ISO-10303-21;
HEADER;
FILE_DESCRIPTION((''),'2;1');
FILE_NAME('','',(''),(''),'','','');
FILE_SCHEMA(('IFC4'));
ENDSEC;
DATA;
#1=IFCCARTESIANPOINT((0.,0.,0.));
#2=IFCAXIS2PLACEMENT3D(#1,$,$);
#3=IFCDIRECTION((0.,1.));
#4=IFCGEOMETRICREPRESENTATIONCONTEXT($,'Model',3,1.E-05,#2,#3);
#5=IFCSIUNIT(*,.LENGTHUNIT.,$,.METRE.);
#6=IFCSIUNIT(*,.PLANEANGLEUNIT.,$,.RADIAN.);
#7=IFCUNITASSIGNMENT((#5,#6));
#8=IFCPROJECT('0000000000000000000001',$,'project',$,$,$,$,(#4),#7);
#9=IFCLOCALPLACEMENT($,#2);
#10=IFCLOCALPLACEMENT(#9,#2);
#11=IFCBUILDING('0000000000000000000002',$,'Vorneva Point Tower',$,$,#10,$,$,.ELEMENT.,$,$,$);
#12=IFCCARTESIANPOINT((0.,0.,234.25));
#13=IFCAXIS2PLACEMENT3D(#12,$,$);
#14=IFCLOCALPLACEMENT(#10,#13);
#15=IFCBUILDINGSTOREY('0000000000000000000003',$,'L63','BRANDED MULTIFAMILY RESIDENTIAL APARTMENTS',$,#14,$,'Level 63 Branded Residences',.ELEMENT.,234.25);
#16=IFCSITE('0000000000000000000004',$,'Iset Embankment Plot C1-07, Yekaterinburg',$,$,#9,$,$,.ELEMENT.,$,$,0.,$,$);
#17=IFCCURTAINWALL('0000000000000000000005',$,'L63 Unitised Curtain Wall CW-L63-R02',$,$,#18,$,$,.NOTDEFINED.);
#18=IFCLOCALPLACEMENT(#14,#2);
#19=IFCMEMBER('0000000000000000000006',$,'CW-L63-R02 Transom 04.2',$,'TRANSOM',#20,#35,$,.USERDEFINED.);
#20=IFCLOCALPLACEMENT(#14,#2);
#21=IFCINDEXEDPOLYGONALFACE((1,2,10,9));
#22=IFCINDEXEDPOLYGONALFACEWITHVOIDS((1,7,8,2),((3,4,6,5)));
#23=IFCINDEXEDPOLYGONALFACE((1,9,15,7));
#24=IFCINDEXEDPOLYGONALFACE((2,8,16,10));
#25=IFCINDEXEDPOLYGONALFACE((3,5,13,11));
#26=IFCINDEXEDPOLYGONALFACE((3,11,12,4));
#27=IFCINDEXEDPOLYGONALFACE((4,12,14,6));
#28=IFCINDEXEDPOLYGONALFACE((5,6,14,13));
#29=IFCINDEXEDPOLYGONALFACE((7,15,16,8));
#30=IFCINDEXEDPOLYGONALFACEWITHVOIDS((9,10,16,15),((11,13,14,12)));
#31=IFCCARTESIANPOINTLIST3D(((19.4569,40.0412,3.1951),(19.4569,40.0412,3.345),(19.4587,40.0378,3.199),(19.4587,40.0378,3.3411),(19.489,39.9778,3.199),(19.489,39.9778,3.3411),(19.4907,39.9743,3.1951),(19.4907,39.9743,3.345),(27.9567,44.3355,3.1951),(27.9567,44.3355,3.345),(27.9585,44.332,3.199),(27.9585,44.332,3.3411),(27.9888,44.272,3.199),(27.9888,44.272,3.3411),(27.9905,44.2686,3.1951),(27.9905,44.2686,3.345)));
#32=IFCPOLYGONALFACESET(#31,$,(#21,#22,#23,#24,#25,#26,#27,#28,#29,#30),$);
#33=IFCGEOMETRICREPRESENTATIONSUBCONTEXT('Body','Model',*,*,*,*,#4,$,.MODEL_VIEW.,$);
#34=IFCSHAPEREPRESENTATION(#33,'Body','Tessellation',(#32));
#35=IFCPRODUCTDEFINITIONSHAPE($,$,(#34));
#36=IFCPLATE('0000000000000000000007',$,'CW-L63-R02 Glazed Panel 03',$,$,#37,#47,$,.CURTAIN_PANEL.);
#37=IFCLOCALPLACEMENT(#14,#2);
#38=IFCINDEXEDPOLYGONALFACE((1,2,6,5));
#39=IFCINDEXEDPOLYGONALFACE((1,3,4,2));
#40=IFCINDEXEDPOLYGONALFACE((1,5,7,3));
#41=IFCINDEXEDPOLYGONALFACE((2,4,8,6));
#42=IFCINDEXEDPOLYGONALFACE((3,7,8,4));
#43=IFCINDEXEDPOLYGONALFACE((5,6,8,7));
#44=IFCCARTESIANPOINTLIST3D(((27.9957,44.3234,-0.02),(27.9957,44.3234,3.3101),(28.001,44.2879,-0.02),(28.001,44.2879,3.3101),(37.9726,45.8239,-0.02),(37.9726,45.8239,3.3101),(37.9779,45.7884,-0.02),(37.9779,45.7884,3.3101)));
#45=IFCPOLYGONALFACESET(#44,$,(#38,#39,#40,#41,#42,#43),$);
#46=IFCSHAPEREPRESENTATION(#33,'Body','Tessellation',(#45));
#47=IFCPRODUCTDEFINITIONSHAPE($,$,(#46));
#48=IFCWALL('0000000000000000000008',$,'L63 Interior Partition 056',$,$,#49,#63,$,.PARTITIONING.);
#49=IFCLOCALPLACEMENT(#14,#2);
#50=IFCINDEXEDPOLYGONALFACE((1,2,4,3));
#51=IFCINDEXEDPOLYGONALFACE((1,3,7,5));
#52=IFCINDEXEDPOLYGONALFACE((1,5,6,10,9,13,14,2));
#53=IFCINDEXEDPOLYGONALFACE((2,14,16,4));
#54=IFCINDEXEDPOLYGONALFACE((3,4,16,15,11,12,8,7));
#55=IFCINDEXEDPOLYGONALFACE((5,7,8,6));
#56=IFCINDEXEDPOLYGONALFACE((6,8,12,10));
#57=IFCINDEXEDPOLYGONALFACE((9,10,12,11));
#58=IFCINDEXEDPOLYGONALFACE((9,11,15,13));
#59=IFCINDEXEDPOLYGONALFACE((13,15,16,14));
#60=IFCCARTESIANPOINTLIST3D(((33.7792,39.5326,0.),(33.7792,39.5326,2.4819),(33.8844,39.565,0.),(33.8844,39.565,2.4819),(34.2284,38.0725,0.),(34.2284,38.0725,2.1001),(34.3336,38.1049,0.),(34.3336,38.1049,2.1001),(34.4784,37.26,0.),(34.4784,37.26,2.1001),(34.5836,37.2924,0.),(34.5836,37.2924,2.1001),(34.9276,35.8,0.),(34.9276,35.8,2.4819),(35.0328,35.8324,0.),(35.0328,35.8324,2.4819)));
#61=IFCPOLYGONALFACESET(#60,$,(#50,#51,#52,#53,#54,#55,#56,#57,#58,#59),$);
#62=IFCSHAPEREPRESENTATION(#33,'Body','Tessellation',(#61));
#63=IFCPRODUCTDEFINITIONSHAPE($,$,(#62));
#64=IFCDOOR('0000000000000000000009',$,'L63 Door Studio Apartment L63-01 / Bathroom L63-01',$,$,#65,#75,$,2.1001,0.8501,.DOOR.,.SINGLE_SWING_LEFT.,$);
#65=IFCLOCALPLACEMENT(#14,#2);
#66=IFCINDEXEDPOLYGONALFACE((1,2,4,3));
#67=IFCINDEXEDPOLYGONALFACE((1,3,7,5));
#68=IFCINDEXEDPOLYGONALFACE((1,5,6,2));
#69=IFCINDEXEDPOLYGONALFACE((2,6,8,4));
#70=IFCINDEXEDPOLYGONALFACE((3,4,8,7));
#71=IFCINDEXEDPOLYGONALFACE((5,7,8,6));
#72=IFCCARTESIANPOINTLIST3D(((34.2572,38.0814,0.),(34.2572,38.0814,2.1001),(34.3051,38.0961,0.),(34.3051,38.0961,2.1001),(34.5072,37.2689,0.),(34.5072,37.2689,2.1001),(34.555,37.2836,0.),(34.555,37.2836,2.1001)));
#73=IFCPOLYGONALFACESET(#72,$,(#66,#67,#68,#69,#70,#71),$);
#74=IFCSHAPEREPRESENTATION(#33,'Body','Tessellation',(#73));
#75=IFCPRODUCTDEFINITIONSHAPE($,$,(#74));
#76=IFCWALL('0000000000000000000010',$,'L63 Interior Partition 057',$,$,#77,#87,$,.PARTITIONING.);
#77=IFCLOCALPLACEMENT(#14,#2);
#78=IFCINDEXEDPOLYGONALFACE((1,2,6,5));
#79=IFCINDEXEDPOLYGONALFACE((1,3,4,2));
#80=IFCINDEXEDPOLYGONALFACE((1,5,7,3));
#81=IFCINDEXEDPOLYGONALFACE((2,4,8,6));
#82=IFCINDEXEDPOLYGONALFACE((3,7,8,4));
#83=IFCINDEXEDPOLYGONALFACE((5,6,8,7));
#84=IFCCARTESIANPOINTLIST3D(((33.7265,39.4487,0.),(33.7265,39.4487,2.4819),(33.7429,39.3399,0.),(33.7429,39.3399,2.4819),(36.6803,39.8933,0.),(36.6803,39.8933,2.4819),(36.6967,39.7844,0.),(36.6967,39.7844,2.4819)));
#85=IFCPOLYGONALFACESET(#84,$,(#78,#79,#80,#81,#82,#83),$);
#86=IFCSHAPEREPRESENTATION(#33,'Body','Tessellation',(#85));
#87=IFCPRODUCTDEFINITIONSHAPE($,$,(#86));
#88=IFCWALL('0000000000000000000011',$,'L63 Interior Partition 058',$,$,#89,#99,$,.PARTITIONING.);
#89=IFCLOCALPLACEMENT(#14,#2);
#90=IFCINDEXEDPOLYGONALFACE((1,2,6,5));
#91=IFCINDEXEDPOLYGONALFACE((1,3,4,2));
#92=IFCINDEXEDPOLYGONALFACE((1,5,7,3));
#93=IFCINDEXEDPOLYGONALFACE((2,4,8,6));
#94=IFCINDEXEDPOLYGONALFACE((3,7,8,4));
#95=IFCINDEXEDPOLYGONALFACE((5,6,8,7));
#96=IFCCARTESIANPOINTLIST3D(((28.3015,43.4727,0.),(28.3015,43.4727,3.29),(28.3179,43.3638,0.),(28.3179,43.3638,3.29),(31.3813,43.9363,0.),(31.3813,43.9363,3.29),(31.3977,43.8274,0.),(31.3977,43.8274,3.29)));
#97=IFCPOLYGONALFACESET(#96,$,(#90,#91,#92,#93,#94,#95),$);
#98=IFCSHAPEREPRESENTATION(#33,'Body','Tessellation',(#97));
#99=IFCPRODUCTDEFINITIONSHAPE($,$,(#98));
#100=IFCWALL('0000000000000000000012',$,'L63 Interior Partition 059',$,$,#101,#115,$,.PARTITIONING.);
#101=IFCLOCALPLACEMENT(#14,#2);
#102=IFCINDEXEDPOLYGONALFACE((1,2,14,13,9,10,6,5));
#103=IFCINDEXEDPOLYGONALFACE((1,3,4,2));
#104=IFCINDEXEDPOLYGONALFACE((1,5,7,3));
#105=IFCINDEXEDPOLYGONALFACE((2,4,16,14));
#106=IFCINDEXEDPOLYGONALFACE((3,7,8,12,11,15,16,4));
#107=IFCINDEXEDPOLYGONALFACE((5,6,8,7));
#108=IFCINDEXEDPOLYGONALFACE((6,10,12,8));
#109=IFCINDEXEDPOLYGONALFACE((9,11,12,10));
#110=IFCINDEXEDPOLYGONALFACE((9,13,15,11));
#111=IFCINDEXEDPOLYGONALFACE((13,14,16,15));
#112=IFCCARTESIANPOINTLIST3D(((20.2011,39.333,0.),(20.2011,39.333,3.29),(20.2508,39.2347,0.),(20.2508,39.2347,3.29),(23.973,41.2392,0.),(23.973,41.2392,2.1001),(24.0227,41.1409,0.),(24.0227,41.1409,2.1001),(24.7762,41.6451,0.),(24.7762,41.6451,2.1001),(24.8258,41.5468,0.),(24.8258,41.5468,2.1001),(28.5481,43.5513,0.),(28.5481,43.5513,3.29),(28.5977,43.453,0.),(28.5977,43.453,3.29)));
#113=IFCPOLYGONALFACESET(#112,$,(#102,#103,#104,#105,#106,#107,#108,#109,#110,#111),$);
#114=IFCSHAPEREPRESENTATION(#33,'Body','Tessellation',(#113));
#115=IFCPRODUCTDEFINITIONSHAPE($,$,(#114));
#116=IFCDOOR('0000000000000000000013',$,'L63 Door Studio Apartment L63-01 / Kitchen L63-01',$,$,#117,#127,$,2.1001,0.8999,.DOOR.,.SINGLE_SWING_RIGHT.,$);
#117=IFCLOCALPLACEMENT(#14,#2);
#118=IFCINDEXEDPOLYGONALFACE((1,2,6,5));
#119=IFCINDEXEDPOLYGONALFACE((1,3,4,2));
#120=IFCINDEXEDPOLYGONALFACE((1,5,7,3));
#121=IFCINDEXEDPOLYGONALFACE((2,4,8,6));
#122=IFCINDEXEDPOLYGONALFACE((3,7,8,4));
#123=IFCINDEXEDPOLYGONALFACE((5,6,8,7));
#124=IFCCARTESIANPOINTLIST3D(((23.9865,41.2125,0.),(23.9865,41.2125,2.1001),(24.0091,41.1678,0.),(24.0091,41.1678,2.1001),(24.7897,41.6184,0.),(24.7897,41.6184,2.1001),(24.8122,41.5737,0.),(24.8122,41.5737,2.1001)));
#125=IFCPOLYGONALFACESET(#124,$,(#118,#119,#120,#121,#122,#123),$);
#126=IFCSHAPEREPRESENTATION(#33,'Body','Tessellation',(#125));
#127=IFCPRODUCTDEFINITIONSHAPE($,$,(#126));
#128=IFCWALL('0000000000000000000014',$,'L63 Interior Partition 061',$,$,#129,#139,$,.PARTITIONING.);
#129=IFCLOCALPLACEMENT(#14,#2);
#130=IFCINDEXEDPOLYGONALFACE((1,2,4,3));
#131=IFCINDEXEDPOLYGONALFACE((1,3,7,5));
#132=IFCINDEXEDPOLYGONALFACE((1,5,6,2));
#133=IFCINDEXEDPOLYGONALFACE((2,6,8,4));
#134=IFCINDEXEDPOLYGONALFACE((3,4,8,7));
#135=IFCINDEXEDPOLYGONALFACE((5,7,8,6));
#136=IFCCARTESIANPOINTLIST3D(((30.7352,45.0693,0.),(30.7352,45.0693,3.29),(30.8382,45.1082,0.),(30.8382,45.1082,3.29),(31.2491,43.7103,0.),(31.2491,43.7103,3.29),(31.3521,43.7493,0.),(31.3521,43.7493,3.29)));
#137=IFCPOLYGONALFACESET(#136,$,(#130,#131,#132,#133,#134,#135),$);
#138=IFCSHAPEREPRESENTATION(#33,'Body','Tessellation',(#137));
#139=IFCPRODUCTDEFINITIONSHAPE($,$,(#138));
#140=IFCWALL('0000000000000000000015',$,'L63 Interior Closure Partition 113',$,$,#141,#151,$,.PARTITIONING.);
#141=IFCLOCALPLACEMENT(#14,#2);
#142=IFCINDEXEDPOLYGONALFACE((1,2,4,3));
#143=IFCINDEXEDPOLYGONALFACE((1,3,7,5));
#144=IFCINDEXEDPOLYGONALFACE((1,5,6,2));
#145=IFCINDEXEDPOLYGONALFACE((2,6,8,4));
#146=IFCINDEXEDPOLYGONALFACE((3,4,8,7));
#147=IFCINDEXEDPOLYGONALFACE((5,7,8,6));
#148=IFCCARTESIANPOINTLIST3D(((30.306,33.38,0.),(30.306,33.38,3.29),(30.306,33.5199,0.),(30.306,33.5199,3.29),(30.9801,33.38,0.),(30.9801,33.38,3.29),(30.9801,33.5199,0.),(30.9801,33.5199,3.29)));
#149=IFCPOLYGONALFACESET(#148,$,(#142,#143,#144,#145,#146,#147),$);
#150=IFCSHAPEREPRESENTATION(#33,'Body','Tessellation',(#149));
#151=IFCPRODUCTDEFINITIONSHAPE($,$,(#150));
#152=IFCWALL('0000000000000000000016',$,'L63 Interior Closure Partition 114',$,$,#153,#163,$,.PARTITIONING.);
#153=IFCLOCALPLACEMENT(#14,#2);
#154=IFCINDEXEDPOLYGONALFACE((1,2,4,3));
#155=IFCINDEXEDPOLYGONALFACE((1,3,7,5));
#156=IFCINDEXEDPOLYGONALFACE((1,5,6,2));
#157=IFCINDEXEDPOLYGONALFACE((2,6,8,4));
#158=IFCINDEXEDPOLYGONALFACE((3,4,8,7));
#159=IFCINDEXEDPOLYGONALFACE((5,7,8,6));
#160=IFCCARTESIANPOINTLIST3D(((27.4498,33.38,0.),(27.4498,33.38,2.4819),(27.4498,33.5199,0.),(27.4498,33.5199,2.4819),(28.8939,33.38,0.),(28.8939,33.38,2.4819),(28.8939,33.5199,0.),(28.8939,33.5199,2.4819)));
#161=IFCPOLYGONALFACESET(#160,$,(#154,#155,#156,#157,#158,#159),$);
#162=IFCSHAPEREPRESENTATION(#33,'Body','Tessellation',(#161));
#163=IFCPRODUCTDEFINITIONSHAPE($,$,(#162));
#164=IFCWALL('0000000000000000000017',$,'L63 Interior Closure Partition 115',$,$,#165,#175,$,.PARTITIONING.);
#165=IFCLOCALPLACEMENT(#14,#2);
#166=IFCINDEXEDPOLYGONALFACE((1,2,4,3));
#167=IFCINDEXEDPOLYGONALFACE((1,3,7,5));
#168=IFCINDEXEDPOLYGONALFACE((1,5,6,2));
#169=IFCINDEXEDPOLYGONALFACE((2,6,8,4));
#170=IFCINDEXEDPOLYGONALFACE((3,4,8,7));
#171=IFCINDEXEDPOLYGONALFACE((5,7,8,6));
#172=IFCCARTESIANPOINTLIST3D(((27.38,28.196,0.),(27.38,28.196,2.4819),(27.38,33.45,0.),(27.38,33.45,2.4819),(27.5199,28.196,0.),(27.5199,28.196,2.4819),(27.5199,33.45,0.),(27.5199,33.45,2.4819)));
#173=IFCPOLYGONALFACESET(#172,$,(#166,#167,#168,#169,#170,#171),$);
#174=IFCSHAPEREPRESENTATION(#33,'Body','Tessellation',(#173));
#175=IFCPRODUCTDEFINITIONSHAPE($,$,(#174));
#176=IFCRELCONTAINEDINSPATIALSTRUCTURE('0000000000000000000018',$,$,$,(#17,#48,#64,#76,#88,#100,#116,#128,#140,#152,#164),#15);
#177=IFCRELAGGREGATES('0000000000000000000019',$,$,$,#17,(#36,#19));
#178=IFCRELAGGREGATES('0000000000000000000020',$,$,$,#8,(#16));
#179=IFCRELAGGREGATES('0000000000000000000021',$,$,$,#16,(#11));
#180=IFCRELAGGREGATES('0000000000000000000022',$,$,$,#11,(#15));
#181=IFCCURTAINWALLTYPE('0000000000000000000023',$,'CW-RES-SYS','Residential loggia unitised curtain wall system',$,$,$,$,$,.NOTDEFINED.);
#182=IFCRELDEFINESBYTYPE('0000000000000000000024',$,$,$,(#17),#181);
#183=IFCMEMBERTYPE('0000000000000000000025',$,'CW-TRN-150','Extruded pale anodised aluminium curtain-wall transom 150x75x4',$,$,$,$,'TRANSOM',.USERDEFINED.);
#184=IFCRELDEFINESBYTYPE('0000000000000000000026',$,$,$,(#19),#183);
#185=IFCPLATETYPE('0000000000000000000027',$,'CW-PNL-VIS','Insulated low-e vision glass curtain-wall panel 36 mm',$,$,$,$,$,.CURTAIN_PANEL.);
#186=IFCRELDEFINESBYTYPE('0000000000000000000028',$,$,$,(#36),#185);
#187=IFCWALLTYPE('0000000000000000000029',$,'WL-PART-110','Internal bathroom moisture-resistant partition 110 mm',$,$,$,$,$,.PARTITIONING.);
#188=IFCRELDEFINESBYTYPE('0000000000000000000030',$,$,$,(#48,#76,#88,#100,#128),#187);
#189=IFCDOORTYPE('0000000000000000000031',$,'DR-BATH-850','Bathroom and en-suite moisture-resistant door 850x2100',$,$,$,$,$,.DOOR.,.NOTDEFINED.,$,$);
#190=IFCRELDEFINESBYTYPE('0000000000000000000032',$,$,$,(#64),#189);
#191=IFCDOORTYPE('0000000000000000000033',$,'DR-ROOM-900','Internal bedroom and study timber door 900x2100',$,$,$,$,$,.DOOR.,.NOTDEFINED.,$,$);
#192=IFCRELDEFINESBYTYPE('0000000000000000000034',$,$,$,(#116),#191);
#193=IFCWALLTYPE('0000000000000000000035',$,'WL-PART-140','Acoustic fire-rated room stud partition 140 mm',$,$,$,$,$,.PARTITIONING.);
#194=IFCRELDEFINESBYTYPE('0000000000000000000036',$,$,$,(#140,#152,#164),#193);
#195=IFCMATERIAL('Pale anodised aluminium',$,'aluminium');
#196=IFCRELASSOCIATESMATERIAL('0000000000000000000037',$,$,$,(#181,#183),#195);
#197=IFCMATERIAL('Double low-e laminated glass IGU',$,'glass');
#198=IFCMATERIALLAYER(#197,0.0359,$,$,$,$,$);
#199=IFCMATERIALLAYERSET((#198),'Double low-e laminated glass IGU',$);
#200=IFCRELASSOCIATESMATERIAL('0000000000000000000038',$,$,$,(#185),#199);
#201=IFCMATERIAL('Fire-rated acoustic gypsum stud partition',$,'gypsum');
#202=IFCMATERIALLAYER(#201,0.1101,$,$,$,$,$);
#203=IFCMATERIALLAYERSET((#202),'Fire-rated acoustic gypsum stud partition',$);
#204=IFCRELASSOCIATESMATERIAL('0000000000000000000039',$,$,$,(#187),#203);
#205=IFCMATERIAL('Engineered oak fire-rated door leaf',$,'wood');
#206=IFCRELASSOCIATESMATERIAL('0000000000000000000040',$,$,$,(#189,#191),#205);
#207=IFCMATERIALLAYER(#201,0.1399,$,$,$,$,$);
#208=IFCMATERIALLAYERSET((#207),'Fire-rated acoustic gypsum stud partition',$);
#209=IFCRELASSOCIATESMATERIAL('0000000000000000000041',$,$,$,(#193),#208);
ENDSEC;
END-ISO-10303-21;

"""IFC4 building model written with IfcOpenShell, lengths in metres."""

from ifc_helpers import new_model, si_unit, direction, frame, frame_2d, origin, origin_2d, place, context, subcontext, project, spatial, rectangle, hollow_rectangle, extrude, material, layer, layer_set, material_profile, profile_set, type_object, element, fill, aggregate, save


model = new_model("IFC4")

# Units and contexts
model_context = context("Model", 3, precision=1e-05, world=origin(), true_north=direction((0.0, 1.0)))
body_context = subcontext(model_context, "Body", "Model", "MODEL_VIEW")
ifc_project = project(units=[si_unit("LENGTHUNIT", "METRE"), si_unit("PLANEANGLEUNIT", "RADIAN")], contexts=[model_context])

# Site, building, storey
site_placement = place(None, origin())
site = spatial("IfcSite", under=ifc_project, at=site_placement, Name="Iset Embankment Plot C1-07, Yekaterinburg", CompositionType="ELEMENT", RefElevation=0.0)
building_placement = place(site_placement, origin())
building = spatial("IfcBuilding", under=site, at=building_placement, Name="Vorneva Point Tower", CompositionType="ELEMENT")
storey_placement = place(building_placement, frame((0.0, 0.0, 234.25)))
storey = spatial("IfcBuildingStorey", under=building, at=storey_placement, Name="L63", Description="BRANDED MULTIFAMILY RESIDENTIAL APARTMENTS", LongName="Level 63 Branded Residences", CompositionType="ELEMENT", Elevation=234.25)

# Curtain wall, member, plate
ifc_material_1 = material(Name="Pale anodised aluminium", Category="aluminium")
curtain_wall_type = type_object("IfcCurtainWallType", Name="CW-RES-SYS", Description="Residential loggia unitised curtain wall system", PredefinedType="NOTDEFINED", material=ifc_material_1)
curtain_wall_placement = place(storey_placement, origin())
curtain_wall = element("IfcCurtainWall", 1, at=curtain_wall_placement, inside=storey, type_object=curtain_wall_type, Name="L63 Unitised Curtain Wall CW-L63-R02", PredefinedType="NOTDEFINED")
ifc_material_profile_1 = material_profile(ifc_material_1, hollow_rectangle(XDim=0.075, YDim=0.1499, WallThickness=0.0039, at=origin_2d()), Name="AL-TRN 150x75x4")
ifc_profile_set_1 = profile_set([ifc_material_profile_1], Name="Pale anodised aluminium")
member_type_1 = type_object("IfcMemberType", Name="CW-TRN-150", Description="Extruded pale anodised aluminium curtain-wall transom 150x75x4", ElementType="TRANSOM", PredefinedType="USERDEFINED", material=ifc_profile_set_1)
member_1_placement = place(storey_placement, frame((27.9736, 44.302, 3.27), z_axis=(-0.892558, -0.450932, 0.0), x_axis=(0.450932, -0.892558, 0.0)))
member_1 = element("IfcMember", 2, at=member_1_placement, type_object=member_type_1, Name="CW-L63-R02 Transom 04.2", ObjectType="TRANSOM", PredefinedType="USERDEFINED", context=body_context, shape_type="SweptSolid", body=[
    extrude(hollow_rectangle(XDim=0.075, YDim=0.1499, WallThickness=0.0039, at=origin_2d()), origin(), (0.0, 0.0, 1.0), 9.5229),
])
ifc_material_2 = material(Name="Double low-e laminated glass IGU", Category="glass")
ifc_layer_1 = layer(ifc_material_2, 0.0359)
ifc_layer_set_1 = layer_set([ifc_layer_1], Name="Double low-e laminated glass IGU")
plate_type = type_object("IfcPlateType", Name="CW-PNL-VIS", Description="Insulated low-e vision glass curtain-wall panel 36 mm", PredefinedType="CURTAIN_PANEL", material=ifc_layer_set_1)
plate_placement = place(storey_placement, frame((32.9868, 45.0559, -0.02), z_axis=(0.0, 0.0, 1.0), x_axis=(-0.988879, -0.148724, 0.0)))
plate = element("IfcPlate", 3, at=plate_placement, type_object=plate_type, Name="CW-L63-R02 Glazed Panel 03", PredefinedType="CURTAIN_PANEL", context=body_context, shape_type="SweptSolid", body=[
    extrude(rectangle(XDim=10.0891, YDim=0.0359, at=origin_2d()), origin(), (0.0, 0.0, 1.0), 3.3301),
])
aggregate(curtain_wall, [plate, member_1])

# Wall, opening, door
ifc_material_3 = material(Name="Fire-rated acoustic gypsum stud partition", Category="gypsum")
ifc_layer_2 = layer(ifc_material_3, 0.1101)
ifc_layer_set_2 = layer_set([ifc_layer_2], Name="Fire-rated acoustic gypsum stud partition")
wall_type_1 = type_object("IfcWallType", Name="WL-PART-110", Description="Internal bathroom moisture-resistant partition 110 mm", PredefinedType="PARTITIONING", material=ifc_layer_set_2)
wall_1_placement = place(storey_placement, frame((34.9802, 35.8162, 0.0), z_axis=(0.0, 0.0, 1.0), x_axis=(-0.294068, 0.955784, 0.0)))
wall_1 = element("IfcWall", 4, at=wall_1_placement, inside=storey, type_object=wall_type_1, Name="L63 Interior Partition 056", PredefinedType="PARTITIONING", context=body_context, shape_type="SweptSolid", body=[
    extrude(rectangle(XDim=3.9053, YDim=0.1101, at=frame_2d((1.9526, 0.0))), origin(), (0.0, 0.0, 1.0), 2.4819),
])
opening_1_placement = place(wall_1_placement, frame((1.5276, 0.0, 0.0)))
opening_1 = element("IfcOpeningElement", 5, at=opening_1_placement, cuts=wall_1, PredefinedType="OPENING", context=body_context, shape_type="SweptSolid", body=[
    extrude(rectangle(XDim=0.8501, YDim=2.1001, at=frame_2d((0.425, 1.05))), frame((0.0, 0.0698, 0.0), z_axis=(0.0, -1.0, 0.0), x_axis=(1.0, 0.0, 0.0)), (0.0, 0.0, 1.0), 0.1399),
])
ifc_material_4 = material(Name="Engineered oak fire-rated door leaf", Category="wood")
door_type_1 = type_object("IfcDoorType", Name="DR-BATH-850", Description="Bathroom and en-suite moisture-resistant door 850x2100", OperationType="NOTDEFINED", PredefinedType="DOOR", material=ifc_material_4)
door_1_placement = place(opening_1_placement, origin())
door_1 = element("IfcDoor", 6, at=door_1_placement, inside=storey, type_object=door_type_1, Name="L63 Door Studio Apartment L63-01 / Bathroom L63-01", OperationType="SINGLE_SWING_LEFT", OverallHeight=2.1001, OverallWidth=0.8501, PredefinedType="DOOR", context=body_context, shape_type="SweptSolid", body=[
    extrude(rectangle(XDim=0.8501, YDim=2.1001, at=frame_2d((0.425, 1.05))), frame((0.0, 0.0249, 0.0), z_axis=(0.0, -1.0, 0.0), x_axis=(1.0, 0.0, 0.0)), (0.0, 0.0, 1.0), 0.05),
])
fill(opening_1, door_1)

# Walls
wall_2_placement = place(storey_placement, frame((33.7346, 39.3943, 0.0), z_axis=(0.0, 0.0, 1.0), x_axis=(0.988862, 0.148832, 0.0)))
element("IfcWall", 7, at=wall_2_placement, inside=storey, type_object=wall_type_1, Name="L63 Interior Partition 057", PredefinedType="PARTITIONING", context=body_context, shape_type="SweptSolid", body=[
    extrude(rectangle(XDim=2.9871, YDim=0.1101, at=frame_2d((1.4937, 0.0))), origin(), (0.0, 0.0, 1.0), 2.4819),
])
wall_3_placement = place(storey_placement, frame((31.3894, 43.8818, 0.0), z_axis=(0.0, 0.0, 1.0), x_axis=(-0.988859, -0.148858, 0.0)))
element("IfcWall", 8, at=wall_3_placement, inside=storey, type_object=wall_type_1, Name="L63 Interior Partition 058", PredefinedType="PARTITIONING", context=body_context, shape_type="SweptSolid", body=[
    extrude(rectangle(XDim=3.1145, YDim=0.1101, at=frame_2d((1.5571, 0.0))), origin(), (0.0, 0.0, 1.0), 3.29),
])

# Wall, opening, door
wall_4_placement = place(storey_placement, frame((28.573, 43.5022, 0.0), z_axis=(0.0, 0.0, 1.0), x_axis=(-0.892503, -0.451042, 0.0)))
wall_4 = element("IfcWall", 9, at=wall_4_placement, inside=storey, type_object=wall_type_1, Name="L63 Interior Partition 059", PredefinedType="PARTITIONING", context=body_context, shape_type="SweptSolid", body=[
    extrude(rectangle(XDim=9.3523, YDim=0.1101, at=frame_2d((4.6763, 0.0))), origin(), (0.0, 0.0, 1.0), 3.29),
])
opening_2_placement = place(wall_4_placement, frame((4.2263, 0.0, 0.0)))
opening_2 = element("IfcOpeningElement", 10, at=opening_2_placement, cuts=wall_4, PredefinedType="OPENING", context=body_context, shape_type="SweptSolid", body=[
    extrude(rectangle(XDim=0.8999, YDim=2.1001, at=frame_2d((0.45, 1.05))), frame((0.0, 0.0698, 0.0), z_axis=(0.0, -1.0, 0.0), x_axis=(1.0, 0.0, 0.0)), (0.0, 0.0, 1.0), 0.1399),
])
door_type_2 = type_object("IfcDoorType", Name="DR-ROOM-900", Description="Internal bedroom and study timber door 900x2100", OperationType="NOTDEFINED", PredefinedType="DOOR", material=ifc_material_4)
door_2_placement = place(opening_2_placement, origin())
door_2 = element("IfcDoor", 11, at=door_2_placement, inside=storey, type_object=door_type_2, Name="L63 Door Studio Apartment L63-01 / Kitchen L63-01", OperationType="SINGLE_SWING_RIGHT", OverallHeight=2.1001, OverallWidth=0.8999, PredefinedType="DOOR", context=body_context, shape_type="SweptSolid", body=[
    extrude(rectangle(XDim=0.8999, YDim=2.1001, at=frame_2d((0.45, 1.05))), frame((0.0, 0.0249, 0.0), z_axis=(0.0, -1.0, 0.0), x_axis=(1.0, 0.0, 0.0)), (0.0, 0.0, 1.0), 0.05),
])
fill(opening_2, door_2)

# Walls
wall_5_placement = place(storey_placement, frame((30.7866, 45.0889, 0.0), z_axis=(0.0, 0.0, 1.0), x_axis=(0.353737, -0.935345, 0.0)))
element("IfcWall", 12, at=wall_5_placement, inside=storey, type_object=wall_type_1, Name="L63 Interior Partition 061", PredefinedType="PARTITIONING", context=body_context, shape_type="SweptSolid", body=[
    extrude(rectangle(XDim=1.4529, YDim=0.1101, at=frame_2d((0.7266, 0.0))), origin(), (0.0, 0.0, 1.0), 3.29),
])
ifc_layer_3 = layer(ifc_material_3, 0.1399)
ifc_layer_set_3 = layer_set([ifc_layer_3], Name="Fire-rated acoustic gypsum stud partition")
wall_type_2 = type_object("IfcWallType", Name="WL-PART-140", Description="Acoustic fire-rated room stud partition 140 mm", PredefinedType="PARTITIONING", material=ifc_layer_set_3)
wall_6_placement = place(storey_placement, frame((30.98, 33.45, 0.0), z_axis=(0.0, 0.0, 1.0), x_axis=(-1.0, 0.0, 0.0)))
element("IfcWall", 13, at=wall_6_placement, inside=storey, type_object=wall_type_2, Name="L63 Interior Closure Partition 113", PredefinedType="PARTITIONING", context=body_context, shape_type="SweptSolid", body=[
    extrude(rectangle(XDim=0.6741, YDim=0.1399, at=frame_2d((0.3369, 0.0))), origin(), (0.0, 0.0, 1.0), 3.29),
])
wall_7_placement = place(storey_placement, frame((28.894, 33.45, 0.0), z_axis=(0.0, 0.0, 1.0), x_axis=(-1.0, 0.0, 0.0)))
element("IfcWall", 14, at=wall_7_placement, inside=storey, type_object=wall_type_2, Name="L63 Interior Closure Partition 114", PredefinedType="PARTITIONING", context=body_context, shape_type="SweptSolid", body=[
    extrude(rectangle(XDim=1.4441, YDim=0.1399, at=frame_2d((0.7222, 0.0))), origin(), (0.0, 0.0, 1.0), 2.4819),
])
wall_8_placement = place(storey_placement, frame((27.45, 33.45, 0.0), z_axis=(0.0, 0.0, 1.0), x_axis=(0.0, -1.0, 0.0)))
element("IfcWall", 15, at=wall_8_placement, inside=storey, type_object=wall_type_2, Name="L63 Interior Closure Partition 115", PredefinedType="PARTITIONING", context=body_context, shape_type="SweptSolid", body=[
    extrude(rectangle(XDim=5.2539, YDim=0.1399, at=frame_2d((2.627, 0.0))), origin(), (0.0, 0.0, 1.0), 2.4819),
])

save(model, "model.ifc")
